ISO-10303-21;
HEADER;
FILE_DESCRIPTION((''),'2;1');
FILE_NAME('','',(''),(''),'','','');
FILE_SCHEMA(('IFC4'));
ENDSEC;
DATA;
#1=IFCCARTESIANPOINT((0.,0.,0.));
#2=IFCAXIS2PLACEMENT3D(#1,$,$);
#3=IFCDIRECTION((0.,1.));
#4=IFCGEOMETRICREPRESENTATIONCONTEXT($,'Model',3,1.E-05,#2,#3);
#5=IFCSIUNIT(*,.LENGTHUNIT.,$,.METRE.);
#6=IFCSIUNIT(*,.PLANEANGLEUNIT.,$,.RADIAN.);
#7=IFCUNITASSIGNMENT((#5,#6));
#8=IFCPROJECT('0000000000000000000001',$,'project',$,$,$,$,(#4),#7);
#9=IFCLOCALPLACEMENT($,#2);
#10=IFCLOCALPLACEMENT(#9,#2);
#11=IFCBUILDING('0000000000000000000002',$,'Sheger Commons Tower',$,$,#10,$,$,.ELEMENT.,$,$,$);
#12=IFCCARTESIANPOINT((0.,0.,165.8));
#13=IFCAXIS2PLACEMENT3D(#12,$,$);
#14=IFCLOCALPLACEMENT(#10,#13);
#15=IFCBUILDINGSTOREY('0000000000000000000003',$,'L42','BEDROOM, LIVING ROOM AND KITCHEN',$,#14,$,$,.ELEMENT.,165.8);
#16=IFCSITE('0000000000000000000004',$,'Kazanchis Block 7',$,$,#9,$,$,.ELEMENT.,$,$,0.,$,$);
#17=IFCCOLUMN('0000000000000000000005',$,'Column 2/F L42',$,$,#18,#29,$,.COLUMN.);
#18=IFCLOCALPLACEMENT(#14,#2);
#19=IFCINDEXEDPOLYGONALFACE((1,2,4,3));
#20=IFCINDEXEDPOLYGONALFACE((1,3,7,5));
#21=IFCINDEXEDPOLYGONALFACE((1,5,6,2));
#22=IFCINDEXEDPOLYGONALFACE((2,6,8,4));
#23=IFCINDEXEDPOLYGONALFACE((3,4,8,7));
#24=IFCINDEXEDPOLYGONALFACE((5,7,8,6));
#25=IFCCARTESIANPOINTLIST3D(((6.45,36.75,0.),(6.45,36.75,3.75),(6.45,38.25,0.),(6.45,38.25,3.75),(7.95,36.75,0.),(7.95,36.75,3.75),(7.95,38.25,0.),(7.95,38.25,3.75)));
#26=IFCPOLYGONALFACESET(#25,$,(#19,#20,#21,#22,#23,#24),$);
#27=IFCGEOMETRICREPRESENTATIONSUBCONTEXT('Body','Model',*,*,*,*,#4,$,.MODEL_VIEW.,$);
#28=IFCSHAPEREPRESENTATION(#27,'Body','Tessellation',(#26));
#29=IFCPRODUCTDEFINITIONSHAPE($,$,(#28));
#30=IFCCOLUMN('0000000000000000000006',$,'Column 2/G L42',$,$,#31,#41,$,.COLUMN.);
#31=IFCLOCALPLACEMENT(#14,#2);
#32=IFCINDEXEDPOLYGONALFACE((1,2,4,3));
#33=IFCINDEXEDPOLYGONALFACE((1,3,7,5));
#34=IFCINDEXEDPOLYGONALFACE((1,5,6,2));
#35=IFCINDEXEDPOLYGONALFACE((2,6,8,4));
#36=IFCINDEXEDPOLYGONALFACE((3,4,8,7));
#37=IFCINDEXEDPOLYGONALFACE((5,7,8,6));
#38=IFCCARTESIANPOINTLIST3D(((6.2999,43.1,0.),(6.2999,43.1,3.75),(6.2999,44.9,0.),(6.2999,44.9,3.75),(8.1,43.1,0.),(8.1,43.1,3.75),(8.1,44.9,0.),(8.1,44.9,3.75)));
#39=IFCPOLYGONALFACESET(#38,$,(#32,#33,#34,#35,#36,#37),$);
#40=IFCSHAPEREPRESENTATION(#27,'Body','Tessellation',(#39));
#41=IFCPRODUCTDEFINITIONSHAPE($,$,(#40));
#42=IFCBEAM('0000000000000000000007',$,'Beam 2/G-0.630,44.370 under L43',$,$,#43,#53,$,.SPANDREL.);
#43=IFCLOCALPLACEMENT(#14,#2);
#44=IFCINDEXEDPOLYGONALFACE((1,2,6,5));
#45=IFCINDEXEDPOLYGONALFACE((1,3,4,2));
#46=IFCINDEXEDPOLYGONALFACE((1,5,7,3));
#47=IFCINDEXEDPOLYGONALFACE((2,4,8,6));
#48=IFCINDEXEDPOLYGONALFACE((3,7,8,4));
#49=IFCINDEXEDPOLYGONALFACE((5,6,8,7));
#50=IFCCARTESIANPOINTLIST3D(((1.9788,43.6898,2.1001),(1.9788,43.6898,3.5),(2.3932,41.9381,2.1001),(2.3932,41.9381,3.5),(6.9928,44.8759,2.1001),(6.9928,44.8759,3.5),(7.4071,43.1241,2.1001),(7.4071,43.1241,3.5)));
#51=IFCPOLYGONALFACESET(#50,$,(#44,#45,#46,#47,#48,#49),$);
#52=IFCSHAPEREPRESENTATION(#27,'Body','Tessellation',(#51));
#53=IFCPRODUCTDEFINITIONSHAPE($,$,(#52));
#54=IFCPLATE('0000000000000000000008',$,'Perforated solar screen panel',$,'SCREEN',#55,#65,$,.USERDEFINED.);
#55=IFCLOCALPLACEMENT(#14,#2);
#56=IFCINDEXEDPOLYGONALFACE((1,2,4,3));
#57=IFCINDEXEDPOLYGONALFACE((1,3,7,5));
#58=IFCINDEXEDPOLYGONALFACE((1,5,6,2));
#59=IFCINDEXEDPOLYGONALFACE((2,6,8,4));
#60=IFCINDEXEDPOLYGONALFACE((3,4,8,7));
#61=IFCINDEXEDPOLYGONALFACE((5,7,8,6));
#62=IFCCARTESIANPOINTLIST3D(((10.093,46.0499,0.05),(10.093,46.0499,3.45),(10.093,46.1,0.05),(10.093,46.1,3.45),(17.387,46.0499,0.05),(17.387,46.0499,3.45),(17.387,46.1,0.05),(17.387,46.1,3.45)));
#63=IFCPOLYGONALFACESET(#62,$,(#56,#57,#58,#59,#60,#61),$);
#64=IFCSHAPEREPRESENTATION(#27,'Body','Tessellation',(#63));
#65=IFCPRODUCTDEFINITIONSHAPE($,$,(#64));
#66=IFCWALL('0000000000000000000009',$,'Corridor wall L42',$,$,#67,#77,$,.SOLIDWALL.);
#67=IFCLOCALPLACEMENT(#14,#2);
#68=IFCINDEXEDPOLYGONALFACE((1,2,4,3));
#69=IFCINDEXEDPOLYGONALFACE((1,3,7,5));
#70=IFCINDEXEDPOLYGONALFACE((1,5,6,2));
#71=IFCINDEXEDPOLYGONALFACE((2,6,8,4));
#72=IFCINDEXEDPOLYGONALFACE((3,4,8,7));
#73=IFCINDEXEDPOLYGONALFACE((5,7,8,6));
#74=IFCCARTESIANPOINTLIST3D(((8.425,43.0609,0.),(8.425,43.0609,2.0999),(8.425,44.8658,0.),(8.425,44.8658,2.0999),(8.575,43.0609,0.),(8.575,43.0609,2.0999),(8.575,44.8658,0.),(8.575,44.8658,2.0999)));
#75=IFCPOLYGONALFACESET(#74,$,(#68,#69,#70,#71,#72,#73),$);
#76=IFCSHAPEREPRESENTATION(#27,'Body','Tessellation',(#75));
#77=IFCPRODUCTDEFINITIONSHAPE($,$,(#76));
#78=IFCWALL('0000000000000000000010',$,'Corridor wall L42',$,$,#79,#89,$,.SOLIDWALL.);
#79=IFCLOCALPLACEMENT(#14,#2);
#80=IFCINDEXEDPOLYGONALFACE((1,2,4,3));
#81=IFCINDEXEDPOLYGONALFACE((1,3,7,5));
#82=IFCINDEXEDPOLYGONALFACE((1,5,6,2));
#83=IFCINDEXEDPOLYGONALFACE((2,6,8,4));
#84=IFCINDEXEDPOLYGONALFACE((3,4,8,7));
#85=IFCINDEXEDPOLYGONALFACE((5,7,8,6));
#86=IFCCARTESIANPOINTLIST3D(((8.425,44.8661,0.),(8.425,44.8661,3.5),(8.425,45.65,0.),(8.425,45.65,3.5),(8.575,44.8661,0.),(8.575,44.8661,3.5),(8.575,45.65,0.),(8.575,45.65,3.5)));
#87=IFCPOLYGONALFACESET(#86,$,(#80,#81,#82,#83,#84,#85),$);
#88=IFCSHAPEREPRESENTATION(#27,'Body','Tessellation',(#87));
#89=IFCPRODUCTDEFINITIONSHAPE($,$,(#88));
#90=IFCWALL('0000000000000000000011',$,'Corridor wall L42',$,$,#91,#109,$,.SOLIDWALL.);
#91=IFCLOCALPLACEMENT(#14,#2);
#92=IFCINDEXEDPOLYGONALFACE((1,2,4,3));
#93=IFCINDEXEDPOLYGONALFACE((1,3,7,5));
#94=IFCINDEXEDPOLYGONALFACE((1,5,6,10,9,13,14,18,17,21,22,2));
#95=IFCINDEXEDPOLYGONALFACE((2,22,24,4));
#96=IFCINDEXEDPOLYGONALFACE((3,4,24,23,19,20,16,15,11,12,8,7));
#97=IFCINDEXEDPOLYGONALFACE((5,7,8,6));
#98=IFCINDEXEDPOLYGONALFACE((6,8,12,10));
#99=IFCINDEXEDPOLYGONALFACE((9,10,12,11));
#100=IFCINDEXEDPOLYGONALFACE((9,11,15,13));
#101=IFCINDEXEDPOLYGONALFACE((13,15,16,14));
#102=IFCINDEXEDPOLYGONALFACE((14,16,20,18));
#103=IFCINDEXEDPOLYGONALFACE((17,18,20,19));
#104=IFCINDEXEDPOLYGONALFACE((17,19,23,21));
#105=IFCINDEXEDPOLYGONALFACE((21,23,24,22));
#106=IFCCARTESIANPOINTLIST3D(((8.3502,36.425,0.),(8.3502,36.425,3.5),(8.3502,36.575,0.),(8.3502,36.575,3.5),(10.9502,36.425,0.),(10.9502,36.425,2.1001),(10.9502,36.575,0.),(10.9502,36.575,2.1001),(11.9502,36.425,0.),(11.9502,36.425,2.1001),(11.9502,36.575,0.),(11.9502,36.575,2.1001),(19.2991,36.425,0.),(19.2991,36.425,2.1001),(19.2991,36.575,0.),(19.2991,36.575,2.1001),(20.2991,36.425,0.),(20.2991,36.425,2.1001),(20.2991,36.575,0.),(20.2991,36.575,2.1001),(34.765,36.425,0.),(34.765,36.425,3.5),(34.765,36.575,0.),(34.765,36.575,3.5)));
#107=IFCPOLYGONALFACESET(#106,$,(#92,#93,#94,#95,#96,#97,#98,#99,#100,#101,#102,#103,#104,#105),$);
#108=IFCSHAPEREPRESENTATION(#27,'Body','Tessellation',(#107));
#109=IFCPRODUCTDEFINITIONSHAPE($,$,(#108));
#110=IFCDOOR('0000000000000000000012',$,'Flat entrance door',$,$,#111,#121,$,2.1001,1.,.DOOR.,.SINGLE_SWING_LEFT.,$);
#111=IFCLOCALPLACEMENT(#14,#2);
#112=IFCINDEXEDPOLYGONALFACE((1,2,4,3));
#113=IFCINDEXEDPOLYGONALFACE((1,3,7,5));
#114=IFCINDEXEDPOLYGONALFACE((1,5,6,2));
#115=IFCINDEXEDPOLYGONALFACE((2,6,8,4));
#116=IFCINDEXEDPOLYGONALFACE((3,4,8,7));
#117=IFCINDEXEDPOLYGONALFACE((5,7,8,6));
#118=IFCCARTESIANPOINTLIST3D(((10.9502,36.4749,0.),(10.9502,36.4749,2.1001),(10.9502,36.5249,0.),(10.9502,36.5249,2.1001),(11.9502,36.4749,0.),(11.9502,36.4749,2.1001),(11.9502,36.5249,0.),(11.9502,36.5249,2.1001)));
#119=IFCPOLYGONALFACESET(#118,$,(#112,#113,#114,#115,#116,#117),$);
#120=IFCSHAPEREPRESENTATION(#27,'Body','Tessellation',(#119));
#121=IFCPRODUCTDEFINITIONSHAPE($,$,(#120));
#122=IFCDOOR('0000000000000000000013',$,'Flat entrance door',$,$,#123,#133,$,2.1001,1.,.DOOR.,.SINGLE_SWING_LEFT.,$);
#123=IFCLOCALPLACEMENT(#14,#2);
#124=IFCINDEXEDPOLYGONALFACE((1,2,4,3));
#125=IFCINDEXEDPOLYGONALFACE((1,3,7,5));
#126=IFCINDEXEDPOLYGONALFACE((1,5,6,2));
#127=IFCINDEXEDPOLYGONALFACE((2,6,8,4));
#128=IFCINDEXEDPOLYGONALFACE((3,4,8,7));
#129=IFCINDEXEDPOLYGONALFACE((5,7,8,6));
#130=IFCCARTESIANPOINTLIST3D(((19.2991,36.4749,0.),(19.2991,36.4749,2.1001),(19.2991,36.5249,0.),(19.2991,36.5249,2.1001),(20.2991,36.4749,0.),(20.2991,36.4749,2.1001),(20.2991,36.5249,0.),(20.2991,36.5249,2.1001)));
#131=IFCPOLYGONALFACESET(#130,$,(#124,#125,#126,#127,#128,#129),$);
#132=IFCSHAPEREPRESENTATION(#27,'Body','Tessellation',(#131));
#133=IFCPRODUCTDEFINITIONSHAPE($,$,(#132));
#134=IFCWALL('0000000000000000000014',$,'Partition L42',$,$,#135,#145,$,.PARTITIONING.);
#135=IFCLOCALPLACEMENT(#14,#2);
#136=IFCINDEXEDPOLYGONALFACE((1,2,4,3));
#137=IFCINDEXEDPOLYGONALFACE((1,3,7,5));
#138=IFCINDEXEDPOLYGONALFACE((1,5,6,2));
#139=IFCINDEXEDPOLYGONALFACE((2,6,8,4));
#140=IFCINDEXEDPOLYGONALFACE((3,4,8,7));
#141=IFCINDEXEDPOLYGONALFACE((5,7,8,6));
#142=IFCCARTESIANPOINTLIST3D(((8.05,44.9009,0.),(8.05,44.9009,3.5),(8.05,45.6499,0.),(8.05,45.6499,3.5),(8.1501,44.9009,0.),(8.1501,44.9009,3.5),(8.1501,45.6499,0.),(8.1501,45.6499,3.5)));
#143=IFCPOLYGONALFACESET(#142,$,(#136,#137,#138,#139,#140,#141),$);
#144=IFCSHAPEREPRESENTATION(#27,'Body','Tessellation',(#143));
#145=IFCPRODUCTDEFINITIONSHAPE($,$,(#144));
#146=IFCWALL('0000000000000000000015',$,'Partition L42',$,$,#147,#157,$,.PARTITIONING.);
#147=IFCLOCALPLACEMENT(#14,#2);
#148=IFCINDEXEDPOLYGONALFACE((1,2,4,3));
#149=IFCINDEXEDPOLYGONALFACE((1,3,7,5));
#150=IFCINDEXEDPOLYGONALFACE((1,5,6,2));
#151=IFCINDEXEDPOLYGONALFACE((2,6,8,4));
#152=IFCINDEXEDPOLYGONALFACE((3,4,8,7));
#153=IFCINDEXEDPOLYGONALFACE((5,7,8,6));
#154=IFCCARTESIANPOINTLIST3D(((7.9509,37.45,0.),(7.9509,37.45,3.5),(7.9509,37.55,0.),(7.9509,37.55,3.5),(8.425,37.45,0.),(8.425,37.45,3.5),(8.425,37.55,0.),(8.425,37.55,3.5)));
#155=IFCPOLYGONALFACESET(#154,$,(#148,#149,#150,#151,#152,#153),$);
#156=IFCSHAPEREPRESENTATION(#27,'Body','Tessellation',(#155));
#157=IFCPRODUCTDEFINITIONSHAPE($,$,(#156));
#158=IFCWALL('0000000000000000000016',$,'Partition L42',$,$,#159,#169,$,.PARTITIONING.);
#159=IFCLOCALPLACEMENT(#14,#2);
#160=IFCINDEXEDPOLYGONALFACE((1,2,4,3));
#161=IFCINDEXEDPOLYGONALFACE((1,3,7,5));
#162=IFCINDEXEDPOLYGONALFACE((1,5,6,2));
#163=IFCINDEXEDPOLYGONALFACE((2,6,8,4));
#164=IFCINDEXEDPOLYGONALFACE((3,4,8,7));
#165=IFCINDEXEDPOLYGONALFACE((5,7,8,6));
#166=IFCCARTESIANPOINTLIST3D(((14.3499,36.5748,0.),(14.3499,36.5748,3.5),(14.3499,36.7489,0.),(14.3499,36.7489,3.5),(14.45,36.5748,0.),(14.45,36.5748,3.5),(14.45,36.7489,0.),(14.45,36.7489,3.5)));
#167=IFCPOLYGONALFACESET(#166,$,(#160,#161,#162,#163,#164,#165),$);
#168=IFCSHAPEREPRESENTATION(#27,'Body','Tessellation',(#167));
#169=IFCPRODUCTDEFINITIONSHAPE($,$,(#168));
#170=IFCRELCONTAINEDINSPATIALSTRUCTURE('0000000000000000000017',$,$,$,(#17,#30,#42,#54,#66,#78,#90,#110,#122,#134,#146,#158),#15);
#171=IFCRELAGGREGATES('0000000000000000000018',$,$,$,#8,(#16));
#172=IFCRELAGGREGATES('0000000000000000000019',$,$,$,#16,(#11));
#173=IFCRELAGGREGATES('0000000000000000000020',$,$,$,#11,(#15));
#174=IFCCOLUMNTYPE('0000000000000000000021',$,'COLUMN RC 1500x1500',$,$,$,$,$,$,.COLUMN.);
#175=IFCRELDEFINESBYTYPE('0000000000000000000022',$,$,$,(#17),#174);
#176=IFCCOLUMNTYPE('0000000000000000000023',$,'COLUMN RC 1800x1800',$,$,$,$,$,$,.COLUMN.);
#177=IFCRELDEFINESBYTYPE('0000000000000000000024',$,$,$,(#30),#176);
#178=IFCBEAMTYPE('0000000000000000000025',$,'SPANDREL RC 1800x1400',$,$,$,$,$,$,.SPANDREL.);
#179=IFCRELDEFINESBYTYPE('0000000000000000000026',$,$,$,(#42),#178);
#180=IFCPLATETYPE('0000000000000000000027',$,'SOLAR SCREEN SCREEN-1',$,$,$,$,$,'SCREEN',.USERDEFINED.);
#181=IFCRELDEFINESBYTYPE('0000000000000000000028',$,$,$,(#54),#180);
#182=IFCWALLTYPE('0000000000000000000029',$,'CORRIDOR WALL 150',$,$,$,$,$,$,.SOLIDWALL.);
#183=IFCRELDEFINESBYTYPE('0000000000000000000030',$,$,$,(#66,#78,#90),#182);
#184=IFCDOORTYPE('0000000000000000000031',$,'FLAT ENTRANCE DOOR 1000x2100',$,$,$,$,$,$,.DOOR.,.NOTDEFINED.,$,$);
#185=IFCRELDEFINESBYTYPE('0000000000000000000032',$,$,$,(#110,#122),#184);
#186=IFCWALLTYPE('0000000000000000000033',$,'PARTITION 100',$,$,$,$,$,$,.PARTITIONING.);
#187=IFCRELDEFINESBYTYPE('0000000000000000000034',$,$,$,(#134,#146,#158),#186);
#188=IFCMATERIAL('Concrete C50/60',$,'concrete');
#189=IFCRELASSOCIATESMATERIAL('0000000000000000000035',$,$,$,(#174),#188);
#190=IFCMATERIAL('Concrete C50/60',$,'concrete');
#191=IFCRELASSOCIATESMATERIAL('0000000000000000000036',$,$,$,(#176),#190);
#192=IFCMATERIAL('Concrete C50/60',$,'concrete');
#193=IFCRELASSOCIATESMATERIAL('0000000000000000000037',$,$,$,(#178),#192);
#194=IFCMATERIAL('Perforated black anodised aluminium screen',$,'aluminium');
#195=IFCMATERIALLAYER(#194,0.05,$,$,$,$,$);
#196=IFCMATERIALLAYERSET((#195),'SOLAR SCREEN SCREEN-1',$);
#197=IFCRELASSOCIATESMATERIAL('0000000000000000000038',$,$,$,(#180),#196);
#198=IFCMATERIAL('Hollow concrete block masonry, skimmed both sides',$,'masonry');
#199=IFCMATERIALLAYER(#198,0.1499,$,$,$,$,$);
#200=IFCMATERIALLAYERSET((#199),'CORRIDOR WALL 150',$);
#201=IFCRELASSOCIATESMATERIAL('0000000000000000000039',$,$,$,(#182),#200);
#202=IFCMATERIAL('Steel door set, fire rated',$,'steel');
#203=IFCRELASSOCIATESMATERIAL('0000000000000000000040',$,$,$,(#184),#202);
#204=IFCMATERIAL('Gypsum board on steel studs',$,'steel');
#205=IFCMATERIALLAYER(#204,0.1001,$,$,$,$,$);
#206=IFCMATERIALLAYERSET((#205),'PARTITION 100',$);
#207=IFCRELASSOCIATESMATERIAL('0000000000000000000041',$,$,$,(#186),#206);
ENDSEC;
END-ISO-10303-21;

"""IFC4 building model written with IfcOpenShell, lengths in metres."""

from ifc_helpers import new_model, si_unit, direction, frame, frame_2d, origin, origin_2d, place, context, subcontext, project, spatial, rectangle, extrude, material, layer, layer_set, material_profile, profile_set, type_object, element, fill, save


model = new_model("IFC4")

# Units and contexts
model_context = context("Model", 3, precision=1e-05, world=origin(), true_north=direction((0.0, 1.0)))
body_context = subcontext(model_context, "Body", "Model", "MODEL_VIEW")
ifc_project = project(units=[si_unit("LENGTHUNIT", "METRE"), si_unit("PLANEANGLEUNIT", "RADIAN")], contexts=[model_context])

# Site, building, storey
site_placement = place(None, origin())
site = spatial("IfcSite", under=ifc_project, at=site_placement, Name="Kazanchis Block 7", CompositionType="ELEMENT", RefElevation=0.0)
building_placement = place(site_placement, origin())
building = spatial("IfcBuilding", under=site, at=building_placement, Name="Sheger Commons Tower", CompositionType="ELEMENT")
storey_placement = place(building_placement, frame((0.0, 0.0, 165.8)))
storey = spatial("IfcBuildingStorey", under=building, at=storey_placement, Name="L42", Description="BEDROOM, LIVING ROOM AND KITCHEN", CompositionType="ELEMENT", Elevation=165.8)

# Columns
ifc_material_1 = material(Name="Concrete C50/60", Category="concrete")
ifc_material_profile_1 = material_profile(ifc_material_1, rectangle(XDim=1.5, YDim=1.5, at=origin_2d()), Name="RC 1500x1500")
ifc_profile_set_1 = profile_set([ifc_material_profile_1], Name="Concrete C50/60")
column_type_1 = type_object("IfcColumnType", Name="COLUMN RC 1500x1500", PredefinedType="COLUMN", material=ifc_profile_set_1)
column_1_placement = place(storey_placement, frame((7.2, 37.5, 0.0), z_axis=(0.0, 0.0, 1.0), x_axis=(1.0, 0.0, 0.0)))
element("IfcColumn", 1, at=column_1_placement, inside=storey, type_object=column_type_1, Name="Column 2/F L42", PredefinedType="COLUMN", context=body_context, shape_type="SweptSolid", body=[
    extrude(rectangle(XDim=1.5, YDim=1.5, at=origin_2d()), origin(), (0.0, 0.0, 1.0), 3.75),
])
ifc_material_2 = material(Name="Concrete C50/60", Category="concrete")
ifc_material_profile_2 = material_profile(ifc_material_2, rectangle(XDim=1.8, YDim=1.8, at=origin_2d()), Name="RC 1800x1800")
ifc_profile_set_2 = profile_set([ifc_material_profile_2], Name="Concrete C50/60")
column_type_2 = type_object("IfcColumnType", Name="COLUMN RC 1800x1800", PredefinedType="COLUMN", material=ifc_profile_set_2)
column_2_placement = place(storey_placement, frame((7.2, 44.0, 0.0), z_axis=(0.0, 0.0, 1.0), x_axis=(1.0, 0.0, 0.0)))
element("IfcColumn", 2, at=column_2_placement, inside=storey, type_object=column_type_2, Name="Column 2/G L42", PredefinedType="COLUMN", context=body_context, shape_type="SweptSolid", body=[
    extrude(rectangle(XDim=1.8, YDim=1.8, at=origin_2d()), origin(), (0.0, 0.0, 1.0), 3.75),
])

# Beam
ifc_material_3 = material(Name="Concrete C50/60", Category="concrete")
ifc_material_profile_3 = material_profile(ifc_material_3, rectangle(XDim=1.8, YDim=1.3999, at=origin_2d()), Name="RC 1800x1400")
ifc_profile_set_3 = profile_set([ifc_material_profile_3], Name="Concrete C50/60")
beam_type = type_object("IfcBeamType", Name="SPANDREL RC 1800x1400", PredefinedType="SPANDREL", material=ifc_profile_set_3)
beam_placement = place(storey_placement, frame((7.2, 44.0, 2.8), z_axis=(-0.973144, -0.230196, 0.0), x_axis=(0.230196, -0.973144, 0.0)))
element("IfcBeam", 3, at=beam_placement, inside=storey, type_object=beam_type, Name="Beam 2/G-0.630,44.370 under L43", PredefinedType="SPANDREL", context=body_context, shape_type="SweptSolid", body=[
    extrude(rectangle(XDim=1.8, YDim=1.3999, at=origin_2d()), origin(), (0.0, 0.0, 1.0), 5.1523),
])

# Plate
ifc_material_4 = material(Name="Perforated black anodised aluminium screen", Category="aluminium")
ifc_layer_1 = layer(ifc_material_4, 0.05)
ifc_layer_set_1 = layer_set([ifc_layer_1], Name="SOLAR SCREEN SCREEN-1")
plate_type = type_object("IfcPlateType", Name="SOLAR SCREEN SCREEN-1", ElementType="SCREEN", PredefinedType="USERDEFINED", material=ifc_layer_set_1)
plate_placement = place(storey_placement, frame((13.74, 46.075, 0.05), z_axis=(0.0, 0.0, 1.0), x_axis=(-1.0, 0.0, 0.0)))
element("IfcPlate", 4, at=plate_placement, inside=storey, type_object=plate_type, Name="Perforated solar screen panel", ObjectType="SCREEN", PredefinedType="USERDEFINED", context=body_context, shape_type="SweptSolid", body=[
    extrude(rectangle(XDim=7.2939, YDim=0.05, at=origin_2d()), origin(), (0.0, 0.0, 1.0), 3.3999),
])

# Walls
ifc_material_5 = material(Name="Hollow concrete block masonry, skimmed both sides", Category="masonry")
ifc_layer_2 = layer(ifc_material_5, 0.1499)
ifc_layer_set_2 = layer_set([ifc_layer_2], Name="CORRIDOR WALL 150")
wall_type_1 = type_object("IfcWallType", Name="CORRIDOR WALL 150", PredefinedType="SOLIDWALL", material=ifc_layer_set_2)
wall_1_placement = place(storey_placement, frame((8.5, 43.061, 0.0), z_axis=(0.0, 0.0, 1.0), x_axis=(0.0, 1.0, 0.0)))
element("IfcWall", 5, at=wall_1_placement, inside=storey, type_object=wall_type_1, Name="Corridor wall L42", PredefinedType="SOLIDWALL", context=body_context, shape_type="SweptSolid", body=[
    extrude(rectangle(XDim=1.8049, YDim=0.1499, at=frame_2d((0.9023, 0.0))), origin(), (0.0, 0.0, 1.0), 2.0999),
])
wall_2_placement = place(storey_placement, frame((8.5, 44.866, 0.0), z_axis=(0.0, 0.0, 1.0), x_axis=(0.0, 1.0, 0.0)))
element("IfcWall", 6, at=wall_2_placement, inside=storey, type_object=wall_type_1, Name="Corridor wall L42", PredefinedType="SOLIDWALL", context=body_context, shape_type="SweptSolid", body=[
    extrude(rectangle(XDim=0.7839, YDim=0.1499, at=frame_2d((0.3921, 0.0))), origin(), (0.0, 0.0, 1.0), 3.5),
])

# Wall, openings, doors
wall_3_placement = place(storey_placement, frame((8.3501, 36.5, 0.0), z_axis=(0.0, 0.0, 1.0), x_axis=(1.0, 0.0, 0.0)))
wall_3 = element("IfcWall", 7, at=wall_3_placement, inside=storey, type_object=wall_type_1, Name="Corridor wall L42", PredefinedType="SOLIDWALL", context=body_context, shape_type="SweptSolid", body=[
    extrude(rectangle(XDim=26.4148, YDim=0.1499, at=frame_2d((13.2075, 0.0))), origin(), (0.0, 0.0, 1.0), 3.5),
])
opening_1_placement = place(wall_3_placement, frame((2.6001, 0.0, 0.0)))
opening_1 = element("IfcOpeningElement", 8, at=opening_1_placement, cuts=wall_3, PredefinedType="OPENING", context=body_context, shape_type="SweptSolid", body=[
    extrude(rectangle(XDim=1.0, YDim=2.1001, at=frame_2d((0.5, 1.05))), frame((0.0, 0.085, 0.0), z_axis=(0.0, -1.0, 0.0), x_axis=(1.0, 0.0, 0.0)), (0.0, 0.0, 1.0), 0.1699),
])
opening_2_placement = place(wall_3_placement, frame((10.949, 0.0, 0.0)))
opening_2 = element("IfcOpeningElement", 9, at=opening_2_placement, cuts=wall_3, PredefinedType="OPENING", context=body_context, shape_type="SweptSolid", body=[
    extrude(rectangle(XDim=1.0, YDim=2.1001, at=frame_2d((0.5, 1.05))), frame((0.0, 0.085, 0.0), z_axis=(0.0, -1.0, 0.0), x_axis=(1.0, 0.0, 0.0)), (0.0, 0.0, 1.0), 0.1699),
])
ifc_material_6 = material(Name="Steel door set, fire rated", Category="steel")
door_type_1 = type_object("IfcDoorType", Name="FLAT ENTRANCE DOOR 1000x2100", OperationType="NOTDEFINED", PredefinedType="DOOR", material=ifc_material_6)
door_1_placement = place(opening_1_placement, origin())
door_1 = element("IfcDoor", 10, at=door_1_placement, inside=storey, type_object=door_type_1, Name="Flat entrance door", OperationType="SINGLE_SWING_LEFT", OverallHeight=2.1001, OverallWidth=1.0, PredefinedType="DOOR", context=body_context, shape_type="SweptSolid", body=[
    extrude(rectangle(XDim=1.0, YDim=2.1001, at=frame_2d((0.5, 1.05))), frame((0.0, 0.0249, 0.0), z_axis=(0.0, -1.0, 0.0), x_axis=(1.0, 0.0, 0.0)), (0.0, 0.0, 1.0), 0.05),
])
fill(opening_1, door_1)
door_2_placement = place(opening_2_placement, origin())
door_2 = element("IfcDoor", 11, at=door_2_placement, inside=storey, type_object=door_type_1, Name="Flat entrance door", OperationType="SINGLE_SWING_LEFT", OverallHeight=2.1001, OverallWidth=1.0, PredefinedType="DOOR", context=body_context, shape_type="SweptSolid", body=[
    extrude(rectangle(XDim=1.0, YDim=2.1001, at=frame_2d((0.5, 1.05))), frame((0.0, 0.0249, 0.0), z_axis=(0.0, -1.0, 0.0), x_axis=(1.0, 0.0, 0.0)), (0.0, 0.0, 1.0), 0.05),
])
fill(opening_2, door_2)

# Walls
ifc_material_7 = material(Name="Gypsum board on steel studs", Category="steel")
ifc_layer_3 = layer(ifc_material_7, 0.1001)
ifc_layer_set_3 = layer_set([ifc_layer_3], Name="PARTITION 100")
wall_type_2 = type_object("IfcWallType", Name="PARTITION 100", PredefinedType="PARTITIONING", material=ifc_layer_set_3)
wall_4_placement = place(storey_placement, frame((8.1001, 45.6499, 0.0), z_axis=(0.0, 0.0, 1.0), x_axis=(0.0, -1.0, 0.0)))
element("IfcWall", 12, at=wall_4_placement, inside=storey, type_object=wall_type_2, Name="Partition L42", PredefinedType="PARTITIONING", context=body_context, shape_type="SweptSolid", body=[
    extrude(rectangle(XDim=0.749, YDim=0.1001, at=frame_2d((0.3745, 0.0))), origin(), (0.0, 0.0, 1.0), 3.5),
])
wall_5_placement = place(storey_placement, frame((7.9509, 37.5, 0.0), z_axis=(0.0, 0.0, 1.0), x_axis=(1.0, 0.0, 0.0)))
element("IfcWall", 13, at=wall_5_placement, inside=storey, type_object=wall_type_2, Name="Partition L42", PredefinedType="PARTITIONING", context=body_context, shape_type="SweptSolid", body=[
    extrude(rectangle(XDim=0.4741, YDim=0.1001, at=frame_2d((0.2371, 0.0))), origin(), (0.0, 0.0, 1.0), 3.5),
])
wall_6_placement = place(storey_placement, frame((14.3999, 36.575, 0.0), z_axis=(0.0, 0.0, 1.0), x_axis=(0.0, 1.0, 0.0)))
element("IfcWall", 14, at=wall_6_placement, inside=storey, type_object=wall_type_2, Name="Partition L42", PredefinedType="PARTITIONING", context=body_context, shape_type="SweptSolid", body=[
    extrude(rectangle(XDim=0.1741, YDim=0.1001, at=frame_2d((0.0869, 0.0))), origin(), (0.0, 0.0, 1.0), 3.5),
])

save(model, "model.ifc")
